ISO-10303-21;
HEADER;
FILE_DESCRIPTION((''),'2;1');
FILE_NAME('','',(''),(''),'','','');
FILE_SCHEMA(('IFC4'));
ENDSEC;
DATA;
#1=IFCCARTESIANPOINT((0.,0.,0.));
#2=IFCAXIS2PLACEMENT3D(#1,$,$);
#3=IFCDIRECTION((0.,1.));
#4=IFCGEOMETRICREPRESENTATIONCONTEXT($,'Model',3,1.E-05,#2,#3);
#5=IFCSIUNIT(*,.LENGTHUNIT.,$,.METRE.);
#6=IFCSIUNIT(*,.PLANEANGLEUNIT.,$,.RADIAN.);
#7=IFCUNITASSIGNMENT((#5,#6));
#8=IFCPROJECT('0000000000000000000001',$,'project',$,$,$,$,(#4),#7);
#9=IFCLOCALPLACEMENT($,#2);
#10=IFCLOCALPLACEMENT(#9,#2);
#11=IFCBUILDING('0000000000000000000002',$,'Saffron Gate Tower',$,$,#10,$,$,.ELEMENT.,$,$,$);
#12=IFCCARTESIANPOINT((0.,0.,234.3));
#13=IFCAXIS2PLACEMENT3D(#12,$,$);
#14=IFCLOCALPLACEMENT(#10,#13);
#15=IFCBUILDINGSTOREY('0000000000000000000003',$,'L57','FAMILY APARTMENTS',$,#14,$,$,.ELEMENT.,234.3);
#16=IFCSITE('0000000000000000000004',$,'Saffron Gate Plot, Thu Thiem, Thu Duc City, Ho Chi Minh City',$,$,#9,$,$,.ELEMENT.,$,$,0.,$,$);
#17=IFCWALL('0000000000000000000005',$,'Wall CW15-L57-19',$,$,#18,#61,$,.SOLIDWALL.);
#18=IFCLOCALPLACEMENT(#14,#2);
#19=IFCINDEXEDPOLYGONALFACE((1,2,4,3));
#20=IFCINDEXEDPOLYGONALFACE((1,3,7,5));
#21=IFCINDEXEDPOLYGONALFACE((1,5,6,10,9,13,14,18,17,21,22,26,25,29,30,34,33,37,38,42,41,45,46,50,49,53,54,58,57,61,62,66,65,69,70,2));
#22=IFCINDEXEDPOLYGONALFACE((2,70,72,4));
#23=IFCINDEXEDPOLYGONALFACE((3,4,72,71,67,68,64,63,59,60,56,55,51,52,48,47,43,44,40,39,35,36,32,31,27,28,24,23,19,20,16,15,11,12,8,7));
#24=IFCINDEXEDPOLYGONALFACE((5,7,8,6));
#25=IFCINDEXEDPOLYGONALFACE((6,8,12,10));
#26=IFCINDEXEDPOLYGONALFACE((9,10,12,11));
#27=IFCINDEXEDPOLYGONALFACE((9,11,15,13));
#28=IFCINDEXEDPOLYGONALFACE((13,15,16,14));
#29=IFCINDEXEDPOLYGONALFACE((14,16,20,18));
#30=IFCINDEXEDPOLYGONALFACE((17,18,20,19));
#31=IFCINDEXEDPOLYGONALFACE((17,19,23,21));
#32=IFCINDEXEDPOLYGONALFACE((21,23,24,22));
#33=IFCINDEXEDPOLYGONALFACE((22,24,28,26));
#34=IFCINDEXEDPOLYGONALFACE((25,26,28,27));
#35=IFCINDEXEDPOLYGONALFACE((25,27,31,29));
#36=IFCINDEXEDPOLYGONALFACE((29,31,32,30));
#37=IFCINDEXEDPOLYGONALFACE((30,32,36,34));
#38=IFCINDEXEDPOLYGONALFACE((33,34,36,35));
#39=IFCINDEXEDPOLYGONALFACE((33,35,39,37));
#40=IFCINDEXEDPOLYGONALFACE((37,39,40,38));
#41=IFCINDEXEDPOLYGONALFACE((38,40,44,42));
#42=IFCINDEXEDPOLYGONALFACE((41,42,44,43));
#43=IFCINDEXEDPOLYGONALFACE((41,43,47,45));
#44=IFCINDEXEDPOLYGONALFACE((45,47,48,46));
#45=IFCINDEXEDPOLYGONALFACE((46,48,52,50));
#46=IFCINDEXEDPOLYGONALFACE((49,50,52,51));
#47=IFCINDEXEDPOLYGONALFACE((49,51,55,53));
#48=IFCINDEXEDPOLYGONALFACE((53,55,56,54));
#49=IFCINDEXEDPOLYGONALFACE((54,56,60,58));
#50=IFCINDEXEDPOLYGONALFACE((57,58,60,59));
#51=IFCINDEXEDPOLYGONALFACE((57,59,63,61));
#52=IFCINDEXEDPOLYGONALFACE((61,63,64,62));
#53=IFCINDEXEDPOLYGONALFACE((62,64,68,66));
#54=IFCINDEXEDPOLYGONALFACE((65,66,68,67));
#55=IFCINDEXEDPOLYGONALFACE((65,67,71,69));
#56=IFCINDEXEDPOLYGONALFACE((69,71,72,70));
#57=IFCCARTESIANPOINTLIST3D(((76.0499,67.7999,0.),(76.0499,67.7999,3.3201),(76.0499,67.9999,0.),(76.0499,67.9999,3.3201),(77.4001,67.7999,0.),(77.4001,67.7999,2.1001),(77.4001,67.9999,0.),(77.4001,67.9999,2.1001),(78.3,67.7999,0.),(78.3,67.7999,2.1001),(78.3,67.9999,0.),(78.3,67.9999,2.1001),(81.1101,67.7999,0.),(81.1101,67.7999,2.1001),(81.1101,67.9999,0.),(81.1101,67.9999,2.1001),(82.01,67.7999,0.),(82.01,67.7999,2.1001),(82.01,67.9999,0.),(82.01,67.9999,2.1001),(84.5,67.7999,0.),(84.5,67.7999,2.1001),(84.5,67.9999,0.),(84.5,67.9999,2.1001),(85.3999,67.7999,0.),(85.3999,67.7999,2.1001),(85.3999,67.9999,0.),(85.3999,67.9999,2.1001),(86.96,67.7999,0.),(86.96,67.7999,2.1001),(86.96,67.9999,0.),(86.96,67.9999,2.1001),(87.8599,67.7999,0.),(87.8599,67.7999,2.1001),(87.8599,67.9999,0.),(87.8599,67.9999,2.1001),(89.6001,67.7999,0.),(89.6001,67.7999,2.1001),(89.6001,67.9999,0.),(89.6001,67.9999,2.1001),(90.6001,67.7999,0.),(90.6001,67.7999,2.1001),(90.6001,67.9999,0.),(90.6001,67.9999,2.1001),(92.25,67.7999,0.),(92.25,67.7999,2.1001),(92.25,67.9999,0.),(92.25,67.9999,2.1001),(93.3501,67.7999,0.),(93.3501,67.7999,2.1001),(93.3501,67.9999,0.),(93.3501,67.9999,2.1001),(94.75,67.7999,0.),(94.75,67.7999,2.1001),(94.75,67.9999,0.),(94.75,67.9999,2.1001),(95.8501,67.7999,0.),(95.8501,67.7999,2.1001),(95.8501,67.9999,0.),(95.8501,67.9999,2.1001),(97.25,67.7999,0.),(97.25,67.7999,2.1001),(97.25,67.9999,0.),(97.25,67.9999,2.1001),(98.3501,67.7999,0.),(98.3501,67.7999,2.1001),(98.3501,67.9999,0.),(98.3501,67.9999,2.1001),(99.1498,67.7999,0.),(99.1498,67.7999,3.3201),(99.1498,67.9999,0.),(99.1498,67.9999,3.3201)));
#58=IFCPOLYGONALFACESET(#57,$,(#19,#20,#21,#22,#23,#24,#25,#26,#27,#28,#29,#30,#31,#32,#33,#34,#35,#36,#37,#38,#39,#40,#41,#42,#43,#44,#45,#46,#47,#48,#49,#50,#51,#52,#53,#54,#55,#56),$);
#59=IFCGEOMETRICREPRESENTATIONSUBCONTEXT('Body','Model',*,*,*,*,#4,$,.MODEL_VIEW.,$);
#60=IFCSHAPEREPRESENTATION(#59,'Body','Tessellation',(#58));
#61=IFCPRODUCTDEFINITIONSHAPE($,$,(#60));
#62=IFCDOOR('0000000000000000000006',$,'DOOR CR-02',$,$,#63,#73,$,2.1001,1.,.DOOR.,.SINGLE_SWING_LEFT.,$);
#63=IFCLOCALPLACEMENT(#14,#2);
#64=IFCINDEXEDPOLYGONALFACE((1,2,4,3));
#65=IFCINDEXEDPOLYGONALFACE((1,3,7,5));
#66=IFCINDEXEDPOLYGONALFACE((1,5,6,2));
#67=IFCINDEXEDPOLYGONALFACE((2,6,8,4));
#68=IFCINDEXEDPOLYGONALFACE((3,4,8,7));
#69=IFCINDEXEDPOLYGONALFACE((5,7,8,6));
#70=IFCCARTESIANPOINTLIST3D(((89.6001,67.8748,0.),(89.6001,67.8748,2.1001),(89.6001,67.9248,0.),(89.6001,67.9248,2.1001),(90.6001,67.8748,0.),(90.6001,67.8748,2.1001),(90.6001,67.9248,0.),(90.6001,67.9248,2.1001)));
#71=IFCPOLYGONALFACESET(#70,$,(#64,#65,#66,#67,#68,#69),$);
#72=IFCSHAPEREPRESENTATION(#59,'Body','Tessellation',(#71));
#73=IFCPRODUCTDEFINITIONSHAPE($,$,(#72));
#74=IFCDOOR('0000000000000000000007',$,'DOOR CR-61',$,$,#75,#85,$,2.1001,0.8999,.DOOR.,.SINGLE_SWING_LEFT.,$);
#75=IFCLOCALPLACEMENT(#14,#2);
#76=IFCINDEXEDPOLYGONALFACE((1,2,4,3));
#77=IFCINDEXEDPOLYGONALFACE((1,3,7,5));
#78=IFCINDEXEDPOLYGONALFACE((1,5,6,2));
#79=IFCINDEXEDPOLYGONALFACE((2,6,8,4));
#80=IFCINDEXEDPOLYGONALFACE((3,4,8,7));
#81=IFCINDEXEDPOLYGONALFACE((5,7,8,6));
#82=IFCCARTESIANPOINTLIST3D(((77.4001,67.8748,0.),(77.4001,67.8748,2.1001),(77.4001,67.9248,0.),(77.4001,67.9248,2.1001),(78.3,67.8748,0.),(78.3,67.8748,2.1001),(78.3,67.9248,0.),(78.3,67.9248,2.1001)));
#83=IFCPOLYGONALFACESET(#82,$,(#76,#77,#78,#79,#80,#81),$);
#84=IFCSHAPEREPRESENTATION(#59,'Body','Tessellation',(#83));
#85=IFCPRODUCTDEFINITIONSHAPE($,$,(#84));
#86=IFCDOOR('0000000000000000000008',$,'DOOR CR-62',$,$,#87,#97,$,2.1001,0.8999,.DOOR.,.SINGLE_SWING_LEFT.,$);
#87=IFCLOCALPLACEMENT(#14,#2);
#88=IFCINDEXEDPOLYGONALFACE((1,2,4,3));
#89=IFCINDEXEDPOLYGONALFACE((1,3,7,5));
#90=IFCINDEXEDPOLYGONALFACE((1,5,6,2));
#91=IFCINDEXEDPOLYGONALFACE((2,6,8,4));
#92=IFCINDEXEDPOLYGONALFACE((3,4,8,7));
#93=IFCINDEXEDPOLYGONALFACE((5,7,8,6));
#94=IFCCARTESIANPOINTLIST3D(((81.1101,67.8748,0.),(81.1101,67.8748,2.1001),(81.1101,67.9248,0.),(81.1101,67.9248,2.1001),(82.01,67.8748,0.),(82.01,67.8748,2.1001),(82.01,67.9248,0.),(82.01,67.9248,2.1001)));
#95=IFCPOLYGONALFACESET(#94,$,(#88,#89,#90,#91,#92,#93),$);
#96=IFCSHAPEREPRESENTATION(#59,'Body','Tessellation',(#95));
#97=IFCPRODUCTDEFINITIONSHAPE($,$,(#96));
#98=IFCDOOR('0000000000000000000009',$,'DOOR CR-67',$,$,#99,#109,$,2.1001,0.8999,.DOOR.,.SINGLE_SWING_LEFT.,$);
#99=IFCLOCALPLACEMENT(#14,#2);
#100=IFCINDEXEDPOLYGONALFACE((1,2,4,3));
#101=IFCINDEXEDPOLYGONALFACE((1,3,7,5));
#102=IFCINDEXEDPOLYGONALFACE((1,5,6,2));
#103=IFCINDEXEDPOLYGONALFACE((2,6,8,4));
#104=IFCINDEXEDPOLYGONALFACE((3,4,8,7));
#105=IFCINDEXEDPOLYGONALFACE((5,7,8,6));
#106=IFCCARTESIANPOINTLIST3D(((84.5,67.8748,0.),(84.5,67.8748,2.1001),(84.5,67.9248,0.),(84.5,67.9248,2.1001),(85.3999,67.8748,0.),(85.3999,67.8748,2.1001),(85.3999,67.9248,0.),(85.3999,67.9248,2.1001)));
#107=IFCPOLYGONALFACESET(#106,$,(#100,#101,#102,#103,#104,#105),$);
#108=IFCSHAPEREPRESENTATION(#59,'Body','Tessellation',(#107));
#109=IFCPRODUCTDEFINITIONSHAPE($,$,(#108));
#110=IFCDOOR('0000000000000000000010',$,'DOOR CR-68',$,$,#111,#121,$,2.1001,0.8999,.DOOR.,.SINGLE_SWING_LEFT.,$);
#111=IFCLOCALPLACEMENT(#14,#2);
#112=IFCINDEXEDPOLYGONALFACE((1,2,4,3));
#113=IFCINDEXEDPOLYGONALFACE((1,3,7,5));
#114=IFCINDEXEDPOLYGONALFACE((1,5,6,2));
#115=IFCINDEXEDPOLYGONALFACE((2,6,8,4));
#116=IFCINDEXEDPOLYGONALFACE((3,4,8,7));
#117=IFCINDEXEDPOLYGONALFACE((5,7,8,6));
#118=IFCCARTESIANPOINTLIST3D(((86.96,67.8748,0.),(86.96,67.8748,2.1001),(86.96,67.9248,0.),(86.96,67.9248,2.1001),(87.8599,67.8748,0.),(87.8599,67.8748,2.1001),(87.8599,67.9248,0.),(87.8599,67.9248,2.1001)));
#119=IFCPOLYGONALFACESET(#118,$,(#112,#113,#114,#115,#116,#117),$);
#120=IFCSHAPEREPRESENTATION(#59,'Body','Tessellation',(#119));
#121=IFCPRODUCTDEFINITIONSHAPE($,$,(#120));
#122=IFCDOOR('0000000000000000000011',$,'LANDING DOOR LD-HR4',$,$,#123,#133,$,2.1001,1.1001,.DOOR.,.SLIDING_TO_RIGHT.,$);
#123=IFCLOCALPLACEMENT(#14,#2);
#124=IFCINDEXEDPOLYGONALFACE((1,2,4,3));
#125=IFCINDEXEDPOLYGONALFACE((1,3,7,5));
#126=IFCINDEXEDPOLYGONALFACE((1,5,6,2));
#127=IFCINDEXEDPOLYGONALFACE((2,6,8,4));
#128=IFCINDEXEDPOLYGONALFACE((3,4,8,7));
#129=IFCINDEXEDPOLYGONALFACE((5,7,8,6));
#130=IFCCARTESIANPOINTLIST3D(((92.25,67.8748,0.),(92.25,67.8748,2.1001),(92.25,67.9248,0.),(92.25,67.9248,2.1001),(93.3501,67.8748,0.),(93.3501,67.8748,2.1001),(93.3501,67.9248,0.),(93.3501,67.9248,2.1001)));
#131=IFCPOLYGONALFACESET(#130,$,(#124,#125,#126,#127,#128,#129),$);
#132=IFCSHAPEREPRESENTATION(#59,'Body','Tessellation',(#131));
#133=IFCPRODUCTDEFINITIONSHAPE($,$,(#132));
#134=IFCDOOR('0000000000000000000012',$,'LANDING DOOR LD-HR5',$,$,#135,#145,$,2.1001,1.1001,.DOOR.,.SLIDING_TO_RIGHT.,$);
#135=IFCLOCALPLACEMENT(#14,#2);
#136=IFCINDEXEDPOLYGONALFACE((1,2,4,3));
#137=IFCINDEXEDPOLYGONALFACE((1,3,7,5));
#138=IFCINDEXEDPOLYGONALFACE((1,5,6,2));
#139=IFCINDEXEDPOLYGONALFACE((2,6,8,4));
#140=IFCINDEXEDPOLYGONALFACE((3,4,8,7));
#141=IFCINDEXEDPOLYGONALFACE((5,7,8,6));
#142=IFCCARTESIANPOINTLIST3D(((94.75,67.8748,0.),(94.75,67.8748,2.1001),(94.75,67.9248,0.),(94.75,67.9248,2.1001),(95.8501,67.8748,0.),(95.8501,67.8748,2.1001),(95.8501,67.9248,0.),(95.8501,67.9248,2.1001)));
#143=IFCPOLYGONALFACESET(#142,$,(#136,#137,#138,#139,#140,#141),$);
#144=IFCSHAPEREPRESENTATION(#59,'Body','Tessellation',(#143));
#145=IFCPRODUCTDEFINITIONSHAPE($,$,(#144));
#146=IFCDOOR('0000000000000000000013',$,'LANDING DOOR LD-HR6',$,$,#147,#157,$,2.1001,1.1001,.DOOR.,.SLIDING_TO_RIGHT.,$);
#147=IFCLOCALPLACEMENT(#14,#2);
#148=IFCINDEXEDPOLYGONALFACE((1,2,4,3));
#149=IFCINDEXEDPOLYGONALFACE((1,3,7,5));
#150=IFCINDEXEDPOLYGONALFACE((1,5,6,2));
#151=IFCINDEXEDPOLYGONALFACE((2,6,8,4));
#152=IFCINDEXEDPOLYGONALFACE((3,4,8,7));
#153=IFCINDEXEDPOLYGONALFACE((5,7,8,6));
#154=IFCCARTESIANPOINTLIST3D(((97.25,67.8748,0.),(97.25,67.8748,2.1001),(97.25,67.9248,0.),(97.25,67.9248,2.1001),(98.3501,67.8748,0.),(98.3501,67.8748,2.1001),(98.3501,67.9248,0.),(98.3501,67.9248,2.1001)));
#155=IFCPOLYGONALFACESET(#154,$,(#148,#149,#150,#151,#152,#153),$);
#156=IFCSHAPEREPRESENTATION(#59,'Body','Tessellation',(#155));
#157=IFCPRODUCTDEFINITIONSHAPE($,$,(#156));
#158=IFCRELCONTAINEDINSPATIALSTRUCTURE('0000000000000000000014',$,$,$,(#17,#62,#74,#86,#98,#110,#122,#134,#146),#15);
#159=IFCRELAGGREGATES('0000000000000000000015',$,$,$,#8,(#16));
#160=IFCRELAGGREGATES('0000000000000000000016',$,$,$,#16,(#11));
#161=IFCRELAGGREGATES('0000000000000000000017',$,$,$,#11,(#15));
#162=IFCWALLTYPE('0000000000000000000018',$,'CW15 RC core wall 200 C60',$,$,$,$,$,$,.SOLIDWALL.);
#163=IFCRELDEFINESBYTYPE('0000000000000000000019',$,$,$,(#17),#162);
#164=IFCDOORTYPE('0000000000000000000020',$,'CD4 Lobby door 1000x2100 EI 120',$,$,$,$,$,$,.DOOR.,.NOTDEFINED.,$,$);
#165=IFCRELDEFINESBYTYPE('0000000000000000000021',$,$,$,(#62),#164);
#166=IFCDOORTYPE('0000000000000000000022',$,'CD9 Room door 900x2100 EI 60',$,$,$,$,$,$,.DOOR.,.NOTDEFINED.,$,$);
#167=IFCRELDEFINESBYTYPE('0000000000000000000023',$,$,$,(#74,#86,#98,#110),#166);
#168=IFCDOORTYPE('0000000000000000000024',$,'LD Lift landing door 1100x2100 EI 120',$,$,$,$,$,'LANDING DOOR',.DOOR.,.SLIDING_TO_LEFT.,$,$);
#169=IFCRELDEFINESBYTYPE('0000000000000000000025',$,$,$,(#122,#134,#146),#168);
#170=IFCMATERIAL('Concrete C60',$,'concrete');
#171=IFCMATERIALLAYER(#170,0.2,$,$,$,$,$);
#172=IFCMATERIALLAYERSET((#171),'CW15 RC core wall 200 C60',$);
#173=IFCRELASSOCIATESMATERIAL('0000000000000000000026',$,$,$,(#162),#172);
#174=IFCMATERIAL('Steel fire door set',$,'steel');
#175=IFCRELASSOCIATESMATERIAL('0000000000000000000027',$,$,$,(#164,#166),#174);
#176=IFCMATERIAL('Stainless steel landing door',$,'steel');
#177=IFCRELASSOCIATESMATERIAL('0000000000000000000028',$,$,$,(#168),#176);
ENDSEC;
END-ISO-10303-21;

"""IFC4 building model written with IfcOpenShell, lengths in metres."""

from ifc_helpers import new_model, si_unit, direction, frame, frame_2d, origin, place, context, subcontext, project, spatial, rectangle, extrude, material, layer, layer_set, type_object, element, fill, save


model = new_model("IFC4")

# Units and contexts
model_context = context("Model", 3, precision=1e-05, world=origin(), true_north=direction((0.0, 1.0)))
body_context = subcontext(model_context, "Body", "Model", "MODEL_VIEW")
ifc_project = project(units=[si_unit("LENGTHUNIT", "METRE"), si_unit("PLANEANGLEUNIT", "RADIAN")], contexts=[model_context])

# Site, building, storey
site_placement = place(None, origin())
site = spatial("IfcSite", under=ifc_project, at=site_placement, Name="Saffron Gate Plot, Thu Thiem, Thu Duc City, Ho Chi Minh City", CompositionType="ELEMENT", RefElevation=0.0)
building_placement = place(site_placement, origin())
building = spatial("IfcBuilding", under=site, at=building_placement, Name="Saffron Gate Tower", CompositionType="ELEMENT")
storey_placement = place(building_placement, frame((0.0, 0.0, 234.3)))
storey = spatial("IfcBuildingStorey", under=building, at=storey_placement, Name="L57", Description="FAMILY APARTMENTS", CompositionType="ELEMENT", Elevation=234.3)

# Shared definitions
ifc_material_1 = material(Name="Concrete C60", Category="concrete")

# Wall, openings, doors
ifc_layer_1 = layer(ifc_material_1, 0.2)
ifc_layer_set_1 = layer_set([ifc_layer_1], Name="CW15 RC core wall 200 C60")
wall_type_1 = type_object("IfcWallType", Name="CW15 RC core wall 200 C60", PredefinedType="SOLIDWALL", material=ifc_layer_set_1)
wall_1_placement = place(storey_placement, frame((76.05, 67.8999, 0.0), z_axis=(0.0, 0.0, 1.0), x_axis=(1.0, 0.0, 0.0)))
wall_1 = element("IfcWall", 1, at=wall_1_placement, inside=storey, type_object=wall_type_1, Name="Wall CW15-L57-19", PredefinedType="SOLIDWALL", context=body_context, shape_type="SweptSolid", body=[
    extrude(rectangle(XDim=23.0999, YDim=0.2, at=frame_2d((11.5498, 0.0))), origin(), (0.0, 0.0, 1.0), 3.3201),
])
opening_1_placement = place(wall_1_placement, frame((1.3501, 0.0, 0.0)))
opening_1 = element("IfcOpeningElement", 2, at=opening_1_placement, cuts=wall_1, PredefinedType="OPENING", context=body_context, shape_type="SweptSolid", body=[
    extrude(rectangle(XDim=0.8999, YDim=2.1001, at=frame_2d((0.45, 1.05))), frame((0.0, 0.1099, 0.0), z_axis=(0.0, -1.0, 0.0), x_axis=(1.0, 0.0, 0.0)), (0.0, 0.0, 1.0), 0.22),
])
opening_2_placement = place(wall_1_placement, frame((5.0601, 0.0, 0.0)))
opening_2 = element("IfcOpeningElement", 3, at=opening_2_placement, cuts=wall_1, PredefinedType="OPENING", context=body_context, shape_type="SweptSolid", body=[
    extrude(rectangle(XDim=0.8999, YDim=2.1001, at=frame_2d((0.45, 1.05))), frame((0.0, 0.1099, 0.0), z_axis=(0.0, -1.0, 0.0), x_axis=(1.0, 0.0, 0.0)), (0.0, 0.0, 1.0), 0.22),
])
opening_3_placement = place(wall_1_placement, frame((8.45, 0.0, 0.0)))
opening_3 = element("IfcOpeningElement", 4, at=opening_3_placement, cuts=wall_1, PredefinedType="OPENING", context=body_context, shape_type="SweptSolid", body=[
    extrude(rectangle(XDim=0.8999, YDim=2.1001, at=frame_2d((0.45, 1.05))), frame((0.0, 0.1099, 0.0), z_axis=(0.0, -1.0, 0.0), x_axis=(1.0, 0.0, 0.0)), (0.0, 0.0, 1.0), 0.22),
])
opening_4_placement = place(wall_1_placement, frame((10.9099, 0.0, 0.0)))
opening_4 = element("IfcOpeningElement", 5, at=opening_4_placement, cuts=wall_1, PredefinedType="OPENING", context=body_context, shape_type="SweptSolid", body=[
    extrude(rectangle(XDim=0.8999, YDim=2.1001, at=frame_2d((0.45, 1.05))), frame((0.0, 0.1099, 0.0), z_axis=(0.0, -1.0, 0.0), x_axis=(1.0, 0.0, 0.0)), (0.0, 0.0, 1.0), 0.22),
])
opening_5_placement = place(wall_1_placement, frame((13.55, 0.0, 0.0)))
opening_5 = element("IfcOpeningElement", 6, at=opening_5_placement, cuts=wall_1, PredefinedType="OPENING", context=body_context, shape_type="SweptSolid", body=[
    extrude(rectangle(XDim=1.0, YDim=2.1001, at=frame_2d((0.5, 1.05))), frame((0.0, 0.1099, 0.0), z_axis=(0.0, -1.0, 0.0), x_axis=(1.0, 0.0, 0.0)), (0.0, 0.0, 1.0), 0.22),
])
opening_6_placement = place(wall_1_placement, frame((16.2, 0.0, 0.0)))
opening_6 = element("IfcOpeningElement", 7, at=opening_6_placement, cuts=wall_1, PredefinedType="OPENING", context=body_context, shape_type="SweptSolid", body=[
    extrude(rectangle(XDim=1.1001, YDim=2.1001, at=frame_2d((0.55, 1.05))), frame((0.0, 0.1099, 0.0), z_axis=(0.0, -1.0, 0.0), x_axis=(1.0, 0.0, 0.0)), (0.0, 0.0, 1.0), 0.22),
])
opening_7_placement = place(wall_1_placement, frame((18.7, 0.0, 0.0)))
opening_7 = element("IfcOpeningElement", 8, at=opening_7_placement, cuts=wall_1, PredefinedType="OPENING", context=body_context, shape_type="SweptSolid", body=[
    extrude(rectangle(XDim=1.1001, YDim=2.1001, at=frame_2d((0.55, 1.05))), frame((0.0, 0.1099, 0.0), z_axis=(0.0, -1.0, 0.0), x_axis=(1.0, 0.0, 0.0)), (0.0, 0.0, 1.0), 0.22),
])
opening_8_placement = place(wall_1_placement, frame((21.2, 0.0, 0.0)))
opening_8 = element("IfcOpeningElement", 9, at=opening_8_placement, cuts=wall_1, PredefinedType="OPENING", context=body_context, shape_type="SweptSolid", body=[
    extrude(rectangle(XDim=1.1001, YDim=2.1001, at=frame_2d((0.55, 1.05))), frame((0.0, 0.1099, 0.0), z_axis=(0.0, -1.0, 0.0), x_axis=(1.0, 0.0, 0.0)), (0.0, 0.0, 1.0), 0.22),
])
ifc_material_2 = material(Name="Steel fire door set", Category="steel")
door_type_1 = type_object("IfcDoorType", Name="CD4 Lobby door 1000x2100 EI 120", OperationType="NOTDEFINED", PredefinedType="DOOR", material=ifc_material_2)
door_1_placement = place(opening_5_placement, origin())
door_1 = element("IfcDoor", 10, at=door_1_placement, inside=storey, type_object=door_type_1, Name="DOOR CR-02", OperationType="SINGLE_SWING_LEFT", OverallHeight=2.1001, OverallWidth=1.0, PredefinedType="DOOR", context=body_context, shape_type="SweptSolid", body=[
    extrude(rectangle(XDim=1.0, YDim=2.1001, at=frame_2d((0.5, 1.05))), frame((0.0, 0.0249, 0.0), z_axis=(0.0, -1.0, 0.0), x_axis=(1.0, 0.0, 0.0)), (0.0, 0.0, 1.0), 0.05),
])
fill(opening_5, door_1)
door_type_2 = type_object("IfcDoorType", Name="CD9 Room door 900x2100 EI 60", OperationType="NOTDEFINED", PredefinedType="DOOR", material=ifc_material_2)
door_2_placement = place(opening_1_placement, origin())
door_2 = element("IfcDoor", 11, at=door_2_placement, inside=storey, type_object=door_type_2, Name="DOOR CR-61", OperationType="SINGLE_SWING_LEFT", OverallHeight=2.1001, OverallWidth=0.8999, PredefinedType="DOOR", context=body_context, shape_type="SweptSolid", body=[
    extrude(rectangle(XDim=0.8999, YDim=2.1001, at=frame_2d((0.45, 1.05))), frame((0.0, 0.0249, 0.0), z_axis=(0.0, -1.0, 0.0), x_axis=(1.0, 0.0, 0.0)), (0.0, 0.0, 1.0), 0.05),
])
fill(opening_1, door_2)
door_3_placement = place(opening_2_placement, origin())
door_3 = element("IfcDoor", 12, at=door_3_placement, inside=storey, type_object=door_type_2, Name="DOOR CR-62", OperationType="SINGLE_SWING_LEFT", OverallHeight=2.1001, OverallWidth=0.8999, PredefinedType="DOOR", context=body_context, shape_type="SweptSolid", body=[
    extrude(rectangle(XDim=0.8999, YDim=2.1001, at=frame_2d((0.45, 1.05))), frame((0.0, 0.0249, 0.0), z_axis=(0.0, -1.0, 0.0), x_axis=(1.0, 0.0, 0.0)), (0.0, 0.0, 1.0), 0.05),
])
fill(opening_2, door_3)
door_4_placement = place(opening_3_placement, origin())
door_4 = element("IfcDoor", 13, at=door_4_placement, inside=storey, type_object=door_type_2, Name="DOOR CR-67", OperationType="SINGLE_SWING_LEFT", OverallHeight=2.1001, OverallWidth=0.8999, PredefinedType="DOOR", context=body_context, shape_type="SweptSolid", body=[
    extrude(rectangle(XDim=0.8999, YDim=2.1001, at=frame_2d((0.45, 1.05))), frame((0.0, 0.0249, 0.0), z_axis=(0.0, -1.0, 0.0), x_axis=(1.0, 0.0, 0.0)), (0.0, 0.0, 1.0), 0.05),
])
fill(opening_3, door_4)
door_5_placement = place(opening_4_placement, origin())
door_5 = element("IfcDoor", 14, at=door_5_placement, inside=storey, type_object=door_type_2, Name="DOOR CR-68", OperationType="SINGLE_SWING_LEFT", OverallHeight=2.1001, OverallWidth=0.8999, PredefinedType="DOOR", context=body_context, shape_type="SweptSolid", body=[
    extrude(rectangle(XDim=0.8999, YDim=2.1001, at=frame_2d((0.45, 1.05))), frame((0.0, 0.0249, 0.0), z_axis=(0.0, -1.0, 0.0), x_axis=(1.0, 0.0, 0.0)), (0.0, 0.0, 1.0), 0.05),
])
fill(opening_4, door_5)
ifc_material_3 = material(Name="Stainless steel landing door", Category="steel")
door_type_3 = type_object("IfcDoorType", Name="LD Lift landing door 1100x2100 EI 120", ElementType="LANDING DOOR", OperationType="SLIDING_TO_LEFT", PredefinedType="DOOR", material=ifc_material_3)
door_6_placement = place(opening_6_placement, origin())
door_6 = element("IfcDoor", 15, at=door_6_placement, inside=storey, type_object=door_type_3, Name="LANDING DOOR LD-HR4", OperationType="SLIDING_TO_RIGHT", OverallHeight=2.1001, OverallWidth=1.1001, PredefinedType="DOOR", context=body_context, shape_type="SweptSolid", body=[
    extrude(rectangle(XDim=1.1001, YDim=2.1001, at=frame_2d((0.55, 1.05))), frame((0.0, 0.0249, 0.0), z_axis=(0.0, -1.0, 0.0), x_axis=(1.0, 0.0, 0.0)), (0.0, 0.0, 1.0), 0.05),
])
fill(opening_6, door_6)
door_7_placement = place(opening_7_placement, origin())
door_7 = element("IfcDoor", 16, at=door_7_placement, inside=storey, type_object=door_type_3, Name="LANDING DOOR LD-HR5", OperationType="SLIDING_TO_RIGHT", OverallHeight=2.1001, OverallWidth=1.1001, PredefinedType="DOOR", context=body_context, shape_type="SweptSolid", body=[
    extrude(rectangle(XDim=1.1001, YDim=2.1001, at=frame_2d((0.55, 1.05))), frame((0.0, 0.0249, 0.0), z_axis=(0.0, -1.0, 0.0), x_axis=(1.0, 0.0, 0.0)), (0.0, 0.0, 1.0), 0.05),
])
fill(opening_7, door_7)
door_8_placement = place(opening_8_placement, origin())
door_8 = element("IfcDoor", 17, at=door_8_placement, inside=storey, type_object=door_type_3, Name="LANDING DOOR LD-HR6", OperationType="SLIDING_TO_RIGHT", OverallHeight=2.1001, OverallWidth=1.1001, PredefinedType="DOOR", context=body_context, shape_type="SweptSolid", body=[
    extrude(rectangle(XDim=1.1001, YDim=2.1001, at=frame_2d((0.55, 1.05))), frame((0.0, 0.0249, 0.0), z_axis=(0.0, -1.0, 0.0), x_axis=(1.0, 0.0, 0.0)), (0.0, 0.0, 1.0), 0.05),
])
fill(opening_8, door_8)

save(model, "model.ifc")
